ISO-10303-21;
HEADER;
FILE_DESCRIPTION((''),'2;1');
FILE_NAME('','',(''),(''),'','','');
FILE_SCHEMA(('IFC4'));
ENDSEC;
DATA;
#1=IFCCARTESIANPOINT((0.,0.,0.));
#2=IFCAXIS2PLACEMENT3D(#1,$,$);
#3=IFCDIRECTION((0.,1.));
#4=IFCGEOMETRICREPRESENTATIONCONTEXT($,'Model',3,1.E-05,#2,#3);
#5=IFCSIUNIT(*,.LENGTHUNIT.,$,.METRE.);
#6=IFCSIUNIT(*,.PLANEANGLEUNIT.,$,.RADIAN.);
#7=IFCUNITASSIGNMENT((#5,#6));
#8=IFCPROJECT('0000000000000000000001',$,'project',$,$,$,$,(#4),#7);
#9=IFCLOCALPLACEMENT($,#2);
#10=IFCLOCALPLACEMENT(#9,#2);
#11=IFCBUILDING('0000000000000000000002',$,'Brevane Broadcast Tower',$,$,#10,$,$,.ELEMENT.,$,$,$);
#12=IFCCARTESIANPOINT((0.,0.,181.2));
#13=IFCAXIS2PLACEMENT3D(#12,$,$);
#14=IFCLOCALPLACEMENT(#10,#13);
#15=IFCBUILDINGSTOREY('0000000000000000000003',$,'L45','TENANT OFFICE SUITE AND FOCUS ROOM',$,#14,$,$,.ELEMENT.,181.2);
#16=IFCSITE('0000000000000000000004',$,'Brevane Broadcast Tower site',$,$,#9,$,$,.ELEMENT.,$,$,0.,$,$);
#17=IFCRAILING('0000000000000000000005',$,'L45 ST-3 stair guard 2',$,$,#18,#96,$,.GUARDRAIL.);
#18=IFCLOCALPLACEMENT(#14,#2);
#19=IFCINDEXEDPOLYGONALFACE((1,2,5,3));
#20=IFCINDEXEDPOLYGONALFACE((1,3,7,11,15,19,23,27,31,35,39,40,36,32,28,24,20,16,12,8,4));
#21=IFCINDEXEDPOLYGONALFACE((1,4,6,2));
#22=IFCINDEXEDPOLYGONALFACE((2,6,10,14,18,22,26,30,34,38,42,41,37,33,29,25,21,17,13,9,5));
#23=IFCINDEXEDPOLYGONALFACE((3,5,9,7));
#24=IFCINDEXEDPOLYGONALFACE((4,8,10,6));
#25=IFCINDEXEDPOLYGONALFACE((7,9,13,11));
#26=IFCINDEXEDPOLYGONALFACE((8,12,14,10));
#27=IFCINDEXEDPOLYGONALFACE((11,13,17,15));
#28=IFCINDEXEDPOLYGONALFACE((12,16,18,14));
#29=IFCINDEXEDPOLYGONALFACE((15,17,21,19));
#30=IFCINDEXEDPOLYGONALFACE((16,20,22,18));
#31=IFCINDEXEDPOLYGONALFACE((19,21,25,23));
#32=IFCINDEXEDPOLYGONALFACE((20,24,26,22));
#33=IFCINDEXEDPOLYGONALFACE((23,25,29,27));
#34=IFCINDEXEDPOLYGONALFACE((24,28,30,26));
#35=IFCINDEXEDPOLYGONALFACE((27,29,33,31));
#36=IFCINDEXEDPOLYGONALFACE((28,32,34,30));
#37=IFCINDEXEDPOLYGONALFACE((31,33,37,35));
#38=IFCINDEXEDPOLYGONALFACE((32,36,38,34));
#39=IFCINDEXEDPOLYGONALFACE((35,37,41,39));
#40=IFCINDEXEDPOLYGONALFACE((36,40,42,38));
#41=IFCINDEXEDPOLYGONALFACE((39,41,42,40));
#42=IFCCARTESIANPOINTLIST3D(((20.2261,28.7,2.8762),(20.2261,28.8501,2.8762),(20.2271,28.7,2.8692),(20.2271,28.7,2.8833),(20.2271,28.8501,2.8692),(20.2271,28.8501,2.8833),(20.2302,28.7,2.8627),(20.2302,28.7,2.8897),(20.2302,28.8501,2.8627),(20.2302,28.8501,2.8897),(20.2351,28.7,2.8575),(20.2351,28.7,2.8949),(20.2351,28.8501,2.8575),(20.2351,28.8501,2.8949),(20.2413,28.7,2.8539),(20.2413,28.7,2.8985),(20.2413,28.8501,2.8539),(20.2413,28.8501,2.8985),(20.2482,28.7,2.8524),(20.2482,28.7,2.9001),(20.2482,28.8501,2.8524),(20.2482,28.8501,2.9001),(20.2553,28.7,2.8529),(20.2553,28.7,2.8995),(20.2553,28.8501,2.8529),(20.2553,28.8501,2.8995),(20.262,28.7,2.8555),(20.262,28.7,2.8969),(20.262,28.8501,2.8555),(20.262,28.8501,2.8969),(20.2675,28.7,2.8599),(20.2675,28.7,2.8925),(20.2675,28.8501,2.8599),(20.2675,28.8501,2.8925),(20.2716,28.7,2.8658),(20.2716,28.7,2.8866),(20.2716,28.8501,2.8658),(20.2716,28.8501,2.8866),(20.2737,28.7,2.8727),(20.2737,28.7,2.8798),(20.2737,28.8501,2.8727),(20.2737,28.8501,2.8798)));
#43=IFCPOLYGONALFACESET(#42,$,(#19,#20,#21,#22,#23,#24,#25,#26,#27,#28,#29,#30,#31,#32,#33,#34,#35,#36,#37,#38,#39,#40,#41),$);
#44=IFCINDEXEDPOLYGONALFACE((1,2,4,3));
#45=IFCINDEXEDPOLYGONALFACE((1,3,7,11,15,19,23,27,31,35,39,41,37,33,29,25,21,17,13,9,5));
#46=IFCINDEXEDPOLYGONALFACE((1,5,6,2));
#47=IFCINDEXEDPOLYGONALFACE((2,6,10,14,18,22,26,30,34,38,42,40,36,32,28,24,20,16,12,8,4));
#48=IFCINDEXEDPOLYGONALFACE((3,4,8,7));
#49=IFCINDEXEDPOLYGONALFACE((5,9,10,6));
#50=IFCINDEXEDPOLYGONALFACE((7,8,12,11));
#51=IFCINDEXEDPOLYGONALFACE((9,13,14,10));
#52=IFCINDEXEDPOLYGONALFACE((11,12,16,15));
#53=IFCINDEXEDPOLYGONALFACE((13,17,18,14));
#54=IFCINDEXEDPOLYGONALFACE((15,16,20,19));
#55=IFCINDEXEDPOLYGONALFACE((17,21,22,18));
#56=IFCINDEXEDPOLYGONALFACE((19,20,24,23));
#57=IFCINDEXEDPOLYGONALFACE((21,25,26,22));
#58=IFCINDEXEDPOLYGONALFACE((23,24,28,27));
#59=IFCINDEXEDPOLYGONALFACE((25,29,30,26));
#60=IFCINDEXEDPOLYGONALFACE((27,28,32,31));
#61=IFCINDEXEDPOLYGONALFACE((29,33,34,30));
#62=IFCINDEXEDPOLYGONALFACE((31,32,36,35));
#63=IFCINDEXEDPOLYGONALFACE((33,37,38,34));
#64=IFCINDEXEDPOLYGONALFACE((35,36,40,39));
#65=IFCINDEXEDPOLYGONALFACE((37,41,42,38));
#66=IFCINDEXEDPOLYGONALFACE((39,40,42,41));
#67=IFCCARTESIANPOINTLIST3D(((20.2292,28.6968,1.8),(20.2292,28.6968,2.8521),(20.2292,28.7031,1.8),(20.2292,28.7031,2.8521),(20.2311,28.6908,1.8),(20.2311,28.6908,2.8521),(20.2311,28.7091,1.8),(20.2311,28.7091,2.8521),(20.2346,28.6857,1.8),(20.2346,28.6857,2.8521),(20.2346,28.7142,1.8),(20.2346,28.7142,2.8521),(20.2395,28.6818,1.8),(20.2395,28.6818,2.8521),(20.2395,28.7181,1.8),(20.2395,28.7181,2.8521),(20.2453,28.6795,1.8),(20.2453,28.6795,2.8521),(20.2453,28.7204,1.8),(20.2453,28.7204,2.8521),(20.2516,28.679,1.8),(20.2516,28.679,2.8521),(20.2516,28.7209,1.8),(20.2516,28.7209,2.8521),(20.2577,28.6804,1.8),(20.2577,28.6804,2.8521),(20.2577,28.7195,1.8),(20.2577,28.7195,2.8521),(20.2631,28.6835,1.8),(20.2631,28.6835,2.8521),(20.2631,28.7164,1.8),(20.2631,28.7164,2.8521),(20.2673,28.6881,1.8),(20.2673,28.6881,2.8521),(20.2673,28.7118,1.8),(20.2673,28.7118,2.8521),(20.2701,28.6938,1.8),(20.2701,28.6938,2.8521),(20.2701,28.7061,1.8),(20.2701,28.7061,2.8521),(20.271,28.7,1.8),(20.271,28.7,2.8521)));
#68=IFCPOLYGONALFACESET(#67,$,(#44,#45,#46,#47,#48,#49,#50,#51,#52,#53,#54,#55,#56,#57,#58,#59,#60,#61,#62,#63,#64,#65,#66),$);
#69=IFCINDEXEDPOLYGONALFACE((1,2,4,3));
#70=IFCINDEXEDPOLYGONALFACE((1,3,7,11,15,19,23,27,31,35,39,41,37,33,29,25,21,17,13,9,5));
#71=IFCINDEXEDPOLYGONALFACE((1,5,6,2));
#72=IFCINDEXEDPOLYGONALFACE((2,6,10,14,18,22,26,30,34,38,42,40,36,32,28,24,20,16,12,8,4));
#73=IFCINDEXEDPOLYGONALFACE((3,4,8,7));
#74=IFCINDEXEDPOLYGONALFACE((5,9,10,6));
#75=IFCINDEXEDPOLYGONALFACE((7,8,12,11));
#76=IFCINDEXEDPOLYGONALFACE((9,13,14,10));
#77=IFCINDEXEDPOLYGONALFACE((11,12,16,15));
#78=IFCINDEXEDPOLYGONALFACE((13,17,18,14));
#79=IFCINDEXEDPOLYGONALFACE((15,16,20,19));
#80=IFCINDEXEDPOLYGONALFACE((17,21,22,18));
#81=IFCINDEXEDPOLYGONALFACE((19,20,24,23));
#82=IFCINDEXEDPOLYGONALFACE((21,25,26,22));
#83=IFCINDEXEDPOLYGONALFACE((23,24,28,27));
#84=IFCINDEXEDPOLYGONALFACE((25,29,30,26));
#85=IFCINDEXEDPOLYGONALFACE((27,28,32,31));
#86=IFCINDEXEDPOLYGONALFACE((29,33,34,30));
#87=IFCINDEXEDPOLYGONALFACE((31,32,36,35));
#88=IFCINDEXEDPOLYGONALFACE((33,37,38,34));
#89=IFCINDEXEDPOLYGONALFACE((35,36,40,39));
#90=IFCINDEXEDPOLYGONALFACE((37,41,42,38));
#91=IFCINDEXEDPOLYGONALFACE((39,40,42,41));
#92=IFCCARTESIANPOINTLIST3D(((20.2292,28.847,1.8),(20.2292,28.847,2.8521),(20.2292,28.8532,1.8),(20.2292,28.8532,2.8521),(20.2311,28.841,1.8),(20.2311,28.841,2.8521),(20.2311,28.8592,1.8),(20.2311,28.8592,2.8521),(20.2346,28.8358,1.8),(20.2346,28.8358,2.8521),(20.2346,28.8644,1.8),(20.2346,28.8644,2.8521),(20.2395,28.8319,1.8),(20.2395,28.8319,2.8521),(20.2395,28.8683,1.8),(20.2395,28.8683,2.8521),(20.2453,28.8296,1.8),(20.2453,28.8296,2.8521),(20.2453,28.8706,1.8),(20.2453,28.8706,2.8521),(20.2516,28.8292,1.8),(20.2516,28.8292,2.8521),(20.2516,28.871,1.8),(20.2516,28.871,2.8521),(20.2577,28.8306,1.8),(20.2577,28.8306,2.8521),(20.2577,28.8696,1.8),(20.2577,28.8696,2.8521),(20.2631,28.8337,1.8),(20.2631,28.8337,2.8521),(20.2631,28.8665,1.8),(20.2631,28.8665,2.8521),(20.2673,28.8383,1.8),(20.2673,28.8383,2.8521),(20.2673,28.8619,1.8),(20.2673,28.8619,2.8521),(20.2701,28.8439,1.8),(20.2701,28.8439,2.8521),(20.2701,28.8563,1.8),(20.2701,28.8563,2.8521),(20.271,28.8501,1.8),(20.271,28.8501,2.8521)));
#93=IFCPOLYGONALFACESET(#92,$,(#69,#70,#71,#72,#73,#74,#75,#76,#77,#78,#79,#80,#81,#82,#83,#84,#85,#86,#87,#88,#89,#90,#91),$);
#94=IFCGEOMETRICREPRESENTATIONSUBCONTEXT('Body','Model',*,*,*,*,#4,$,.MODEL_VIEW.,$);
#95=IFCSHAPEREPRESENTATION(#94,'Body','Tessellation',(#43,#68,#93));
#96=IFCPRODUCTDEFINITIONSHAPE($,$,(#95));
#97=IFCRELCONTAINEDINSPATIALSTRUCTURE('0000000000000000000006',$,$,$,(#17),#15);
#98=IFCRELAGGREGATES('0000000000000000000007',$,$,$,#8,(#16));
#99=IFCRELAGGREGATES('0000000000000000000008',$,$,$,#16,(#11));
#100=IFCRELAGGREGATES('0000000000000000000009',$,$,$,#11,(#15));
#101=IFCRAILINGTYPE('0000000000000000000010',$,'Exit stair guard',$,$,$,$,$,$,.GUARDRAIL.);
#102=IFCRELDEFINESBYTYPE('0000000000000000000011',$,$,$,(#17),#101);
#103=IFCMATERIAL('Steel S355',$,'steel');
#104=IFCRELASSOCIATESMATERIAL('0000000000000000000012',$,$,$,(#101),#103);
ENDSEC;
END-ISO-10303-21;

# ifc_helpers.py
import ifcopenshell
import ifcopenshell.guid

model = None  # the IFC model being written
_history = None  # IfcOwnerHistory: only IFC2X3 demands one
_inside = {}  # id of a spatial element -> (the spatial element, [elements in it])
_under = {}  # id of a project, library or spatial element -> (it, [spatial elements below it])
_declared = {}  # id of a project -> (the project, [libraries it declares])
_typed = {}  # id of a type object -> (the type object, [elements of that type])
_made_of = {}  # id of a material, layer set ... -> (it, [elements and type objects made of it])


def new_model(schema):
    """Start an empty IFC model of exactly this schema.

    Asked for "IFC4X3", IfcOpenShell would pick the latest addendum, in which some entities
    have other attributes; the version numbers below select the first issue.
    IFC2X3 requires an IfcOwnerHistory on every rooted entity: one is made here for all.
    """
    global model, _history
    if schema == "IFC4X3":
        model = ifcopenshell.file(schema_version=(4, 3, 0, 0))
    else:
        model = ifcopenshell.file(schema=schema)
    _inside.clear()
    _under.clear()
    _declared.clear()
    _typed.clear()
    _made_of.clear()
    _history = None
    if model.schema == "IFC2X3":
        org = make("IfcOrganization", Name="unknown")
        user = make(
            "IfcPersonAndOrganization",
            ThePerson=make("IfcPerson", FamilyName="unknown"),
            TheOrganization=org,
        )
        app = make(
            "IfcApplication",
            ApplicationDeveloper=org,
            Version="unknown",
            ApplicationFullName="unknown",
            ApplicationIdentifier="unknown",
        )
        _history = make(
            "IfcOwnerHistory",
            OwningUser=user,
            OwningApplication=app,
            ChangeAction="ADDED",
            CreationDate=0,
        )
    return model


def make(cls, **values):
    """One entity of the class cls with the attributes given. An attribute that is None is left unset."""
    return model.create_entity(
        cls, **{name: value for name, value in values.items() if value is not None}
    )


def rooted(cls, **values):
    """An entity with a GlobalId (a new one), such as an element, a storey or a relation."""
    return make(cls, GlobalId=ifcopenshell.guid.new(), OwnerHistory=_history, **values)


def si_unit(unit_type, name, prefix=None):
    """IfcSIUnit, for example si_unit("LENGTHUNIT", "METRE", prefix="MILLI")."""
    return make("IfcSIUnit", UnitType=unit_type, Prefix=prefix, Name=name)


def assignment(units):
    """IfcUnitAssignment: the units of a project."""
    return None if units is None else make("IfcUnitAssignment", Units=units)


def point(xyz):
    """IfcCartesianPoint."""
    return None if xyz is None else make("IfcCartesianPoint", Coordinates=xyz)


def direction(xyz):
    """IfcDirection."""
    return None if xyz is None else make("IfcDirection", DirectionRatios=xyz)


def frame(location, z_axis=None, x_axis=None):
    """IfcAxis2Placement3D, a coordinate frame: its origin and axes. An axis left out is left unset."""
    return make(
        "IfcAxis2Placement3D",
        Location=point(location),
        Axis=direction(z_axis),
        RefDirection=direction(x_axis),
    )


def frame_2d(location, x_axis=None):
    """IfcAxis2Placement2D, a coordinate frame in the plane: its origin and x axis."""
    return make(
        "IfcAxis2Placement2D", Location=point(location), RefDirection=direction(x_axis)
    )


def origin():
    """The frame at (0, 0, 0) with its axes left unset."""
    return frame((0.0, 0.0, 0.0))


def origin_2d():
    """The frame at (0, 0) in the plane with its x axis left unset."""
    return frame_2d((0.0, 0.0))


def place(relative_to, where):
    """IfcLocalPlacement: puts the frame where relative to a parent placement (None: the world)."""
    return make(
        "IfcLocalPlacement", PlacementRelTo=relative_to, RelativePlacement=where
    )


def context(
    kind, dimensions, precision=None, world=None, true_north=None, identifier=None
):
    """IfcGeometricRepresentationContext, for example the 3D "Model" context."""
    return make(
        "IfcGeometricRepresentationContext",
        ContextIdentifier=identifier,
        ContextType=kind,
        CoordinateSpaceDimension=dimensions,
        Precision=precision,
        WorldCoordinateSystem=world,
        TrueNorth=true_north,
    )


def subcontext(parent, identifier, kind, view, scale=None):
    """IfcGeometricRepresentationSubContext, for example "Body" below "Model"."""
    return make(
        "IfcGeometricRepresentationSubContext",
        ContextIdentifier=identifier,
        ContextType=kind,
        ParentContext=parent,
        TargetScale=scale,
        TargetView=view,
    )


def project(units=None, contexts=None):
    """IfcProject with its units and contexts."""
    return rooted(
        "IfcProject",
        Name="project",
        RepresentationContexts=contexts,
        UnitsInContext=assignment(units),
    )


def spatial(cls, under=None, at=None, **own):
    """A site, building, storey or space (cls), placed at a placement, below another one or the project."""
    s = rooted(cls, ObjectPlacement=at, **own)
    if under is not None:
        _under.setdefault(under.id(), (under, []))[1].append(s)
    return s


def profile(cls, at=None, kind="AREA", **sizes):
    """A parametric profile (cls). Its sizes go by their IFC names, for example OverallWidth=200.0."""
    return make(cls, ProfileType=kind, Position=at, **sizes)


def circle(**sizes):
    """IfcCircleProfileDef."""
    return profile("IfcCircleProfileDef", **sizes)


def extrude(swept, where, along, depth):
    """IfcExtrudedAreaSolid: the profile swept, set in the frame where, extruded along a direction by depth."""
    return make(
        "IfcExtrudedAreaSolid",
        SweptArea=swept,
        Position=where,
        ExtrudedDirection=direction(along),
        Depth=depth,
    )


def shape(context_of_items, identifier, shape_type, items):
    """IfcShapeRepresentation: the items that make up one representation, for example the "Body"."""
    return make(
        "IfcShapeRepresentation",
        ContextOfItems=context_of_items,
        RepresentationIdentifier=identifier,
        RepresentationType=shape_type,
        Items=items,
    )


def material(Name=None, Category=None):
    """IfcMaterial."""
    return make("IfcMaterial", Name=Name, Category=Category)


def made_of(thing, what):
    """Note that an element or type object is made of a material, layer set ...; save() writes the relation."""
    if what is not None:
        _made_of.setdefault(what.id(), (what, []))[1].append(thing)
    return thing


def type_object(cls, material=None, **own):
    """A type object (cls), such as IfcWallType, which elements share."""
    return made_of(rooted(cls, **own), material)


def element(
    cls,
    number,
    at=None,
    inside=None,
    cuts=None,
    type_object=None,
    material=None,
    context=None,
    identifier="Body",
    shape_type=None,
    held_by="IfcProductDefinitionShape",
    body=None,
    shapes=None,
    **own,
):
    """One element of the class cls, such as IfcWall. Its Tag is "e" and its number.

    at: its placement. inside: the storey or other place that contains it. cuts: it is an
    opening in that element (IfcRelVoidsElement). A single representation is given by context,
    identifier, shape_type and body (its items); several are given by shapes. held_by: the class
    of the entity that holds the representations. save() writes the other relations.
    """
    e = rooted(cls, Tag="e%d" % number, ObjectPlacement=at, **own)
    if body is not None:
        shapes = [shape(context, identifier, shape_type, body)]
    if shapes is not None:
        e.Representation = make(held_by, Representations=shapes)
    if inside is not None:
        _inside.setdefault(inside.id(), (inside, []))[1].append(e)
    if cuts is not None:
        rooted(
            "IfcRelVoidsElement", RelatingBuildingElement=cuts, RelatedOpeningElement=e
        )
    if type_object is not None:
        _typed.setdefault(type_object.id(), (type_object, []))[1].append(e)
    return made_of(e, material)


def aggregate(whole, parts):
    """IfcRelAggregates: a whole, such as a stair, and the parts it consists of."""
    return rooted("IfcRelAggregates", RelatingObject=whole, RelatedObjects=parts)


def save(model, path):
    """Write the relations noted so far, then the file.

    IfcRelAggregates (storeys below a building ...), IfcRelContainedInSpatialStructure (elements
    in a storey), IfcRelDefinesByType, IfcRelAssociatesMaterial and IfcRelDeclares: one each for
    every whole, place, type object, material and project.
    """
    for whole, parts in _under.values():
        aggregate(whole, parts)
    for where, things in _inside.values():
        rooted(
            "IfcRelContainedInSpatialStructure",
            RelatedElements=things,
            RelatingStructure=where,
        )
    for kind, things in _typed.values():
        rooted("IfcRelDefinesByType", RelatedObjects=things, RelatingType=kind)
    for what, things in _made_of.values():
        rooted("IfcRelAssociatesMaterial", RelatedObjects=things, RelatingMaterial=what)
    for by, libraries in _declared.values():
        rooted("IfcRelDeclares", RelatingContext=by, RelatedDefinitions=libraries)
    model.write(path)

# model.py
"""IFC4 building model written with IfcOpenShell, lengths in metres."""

from ifc_helpers import new_model, si_unit, direction, frame, origin, origin_2d, place, context, subcontext, project, spatial, circle, extrude, material, type_object, element, save


model = new_model("IFC4")

# Units and contexts
model_context = context("Model", 3, precision=1e-05, world=origin(), true_north=direction((0.0, 1.0)))
body_context = subcontext(model_context, "Body", "Model", "MODEL_VIEW")
ifc_project = project(units=[si_unit("LENGTHUNIT", "METRE"), si_unit("PLANEANGLEUNIT", "RADIAN")], contexts=[model_context])

# Site, building, storey
site_placement = place(None, origin())
site = spatial("IfcSite", under=ifc_project, at=site_placement, Name="Brevane Broadcast Tower site", CompositionType="ELEMENT", RefElevation=0.0)
building_placement = place(site_placement, origin())
building = spatial("IfcBuilding", under=site, at=building_placement, Name="Brevane Broadcast Tower", CompositionType="ELEMENT")
storey_placement = place(building_placement, frame((0.0, 0.0, 181.2)))
storey = spatial("IfcBuildingStorey", under=building, at=storey_placement, Name="L45", Description="TENANT OFFICE SUITE AND FOCUS ROOM", CompositionType="ELEMENT", Elevation=181.2)

# Railing
ifc_material_1 = material(Name="Steel S355", Category="steel")
railing_type_1 = type_object("IfcRailingType", Name="Exit stair guard", PredefinedType="GUARDRAIL", material=ifc_material_1)
railing_1_placement = place(storey_placement, frame((20.25, 28.7, 1.8)))
element("IfcRailing", 1, at=railing_1_placement, inside=storey, type_object=railing_type_1, Name="L45 ST-3 stair guard 2", PredefinedType="GUARDRAIL", context=body_context, shape_type="SweptSolid", body=[
    extrude(circle(Radius=0.0239, at=origin_2d()), frame((0.0, 0.0, 1.0762), z_axis=(0.0, 1.0, 0.0), x_axis=(-1.0, 0.0, 0.0)), (0.0, 0.0, 1.0), 0.1501),
    extrude(circle(Radius=0.021, at=origin_2d()), origin(), (0.0, 0.0, 1.0), 1.052),
    extrude(circle(Radius=0.021, at=origin_2d()), frame((0.0, 0.1501, 0.0)), (0.0, 0.0, 1.0), 1.052),
])

save(model, "model.ifc")
